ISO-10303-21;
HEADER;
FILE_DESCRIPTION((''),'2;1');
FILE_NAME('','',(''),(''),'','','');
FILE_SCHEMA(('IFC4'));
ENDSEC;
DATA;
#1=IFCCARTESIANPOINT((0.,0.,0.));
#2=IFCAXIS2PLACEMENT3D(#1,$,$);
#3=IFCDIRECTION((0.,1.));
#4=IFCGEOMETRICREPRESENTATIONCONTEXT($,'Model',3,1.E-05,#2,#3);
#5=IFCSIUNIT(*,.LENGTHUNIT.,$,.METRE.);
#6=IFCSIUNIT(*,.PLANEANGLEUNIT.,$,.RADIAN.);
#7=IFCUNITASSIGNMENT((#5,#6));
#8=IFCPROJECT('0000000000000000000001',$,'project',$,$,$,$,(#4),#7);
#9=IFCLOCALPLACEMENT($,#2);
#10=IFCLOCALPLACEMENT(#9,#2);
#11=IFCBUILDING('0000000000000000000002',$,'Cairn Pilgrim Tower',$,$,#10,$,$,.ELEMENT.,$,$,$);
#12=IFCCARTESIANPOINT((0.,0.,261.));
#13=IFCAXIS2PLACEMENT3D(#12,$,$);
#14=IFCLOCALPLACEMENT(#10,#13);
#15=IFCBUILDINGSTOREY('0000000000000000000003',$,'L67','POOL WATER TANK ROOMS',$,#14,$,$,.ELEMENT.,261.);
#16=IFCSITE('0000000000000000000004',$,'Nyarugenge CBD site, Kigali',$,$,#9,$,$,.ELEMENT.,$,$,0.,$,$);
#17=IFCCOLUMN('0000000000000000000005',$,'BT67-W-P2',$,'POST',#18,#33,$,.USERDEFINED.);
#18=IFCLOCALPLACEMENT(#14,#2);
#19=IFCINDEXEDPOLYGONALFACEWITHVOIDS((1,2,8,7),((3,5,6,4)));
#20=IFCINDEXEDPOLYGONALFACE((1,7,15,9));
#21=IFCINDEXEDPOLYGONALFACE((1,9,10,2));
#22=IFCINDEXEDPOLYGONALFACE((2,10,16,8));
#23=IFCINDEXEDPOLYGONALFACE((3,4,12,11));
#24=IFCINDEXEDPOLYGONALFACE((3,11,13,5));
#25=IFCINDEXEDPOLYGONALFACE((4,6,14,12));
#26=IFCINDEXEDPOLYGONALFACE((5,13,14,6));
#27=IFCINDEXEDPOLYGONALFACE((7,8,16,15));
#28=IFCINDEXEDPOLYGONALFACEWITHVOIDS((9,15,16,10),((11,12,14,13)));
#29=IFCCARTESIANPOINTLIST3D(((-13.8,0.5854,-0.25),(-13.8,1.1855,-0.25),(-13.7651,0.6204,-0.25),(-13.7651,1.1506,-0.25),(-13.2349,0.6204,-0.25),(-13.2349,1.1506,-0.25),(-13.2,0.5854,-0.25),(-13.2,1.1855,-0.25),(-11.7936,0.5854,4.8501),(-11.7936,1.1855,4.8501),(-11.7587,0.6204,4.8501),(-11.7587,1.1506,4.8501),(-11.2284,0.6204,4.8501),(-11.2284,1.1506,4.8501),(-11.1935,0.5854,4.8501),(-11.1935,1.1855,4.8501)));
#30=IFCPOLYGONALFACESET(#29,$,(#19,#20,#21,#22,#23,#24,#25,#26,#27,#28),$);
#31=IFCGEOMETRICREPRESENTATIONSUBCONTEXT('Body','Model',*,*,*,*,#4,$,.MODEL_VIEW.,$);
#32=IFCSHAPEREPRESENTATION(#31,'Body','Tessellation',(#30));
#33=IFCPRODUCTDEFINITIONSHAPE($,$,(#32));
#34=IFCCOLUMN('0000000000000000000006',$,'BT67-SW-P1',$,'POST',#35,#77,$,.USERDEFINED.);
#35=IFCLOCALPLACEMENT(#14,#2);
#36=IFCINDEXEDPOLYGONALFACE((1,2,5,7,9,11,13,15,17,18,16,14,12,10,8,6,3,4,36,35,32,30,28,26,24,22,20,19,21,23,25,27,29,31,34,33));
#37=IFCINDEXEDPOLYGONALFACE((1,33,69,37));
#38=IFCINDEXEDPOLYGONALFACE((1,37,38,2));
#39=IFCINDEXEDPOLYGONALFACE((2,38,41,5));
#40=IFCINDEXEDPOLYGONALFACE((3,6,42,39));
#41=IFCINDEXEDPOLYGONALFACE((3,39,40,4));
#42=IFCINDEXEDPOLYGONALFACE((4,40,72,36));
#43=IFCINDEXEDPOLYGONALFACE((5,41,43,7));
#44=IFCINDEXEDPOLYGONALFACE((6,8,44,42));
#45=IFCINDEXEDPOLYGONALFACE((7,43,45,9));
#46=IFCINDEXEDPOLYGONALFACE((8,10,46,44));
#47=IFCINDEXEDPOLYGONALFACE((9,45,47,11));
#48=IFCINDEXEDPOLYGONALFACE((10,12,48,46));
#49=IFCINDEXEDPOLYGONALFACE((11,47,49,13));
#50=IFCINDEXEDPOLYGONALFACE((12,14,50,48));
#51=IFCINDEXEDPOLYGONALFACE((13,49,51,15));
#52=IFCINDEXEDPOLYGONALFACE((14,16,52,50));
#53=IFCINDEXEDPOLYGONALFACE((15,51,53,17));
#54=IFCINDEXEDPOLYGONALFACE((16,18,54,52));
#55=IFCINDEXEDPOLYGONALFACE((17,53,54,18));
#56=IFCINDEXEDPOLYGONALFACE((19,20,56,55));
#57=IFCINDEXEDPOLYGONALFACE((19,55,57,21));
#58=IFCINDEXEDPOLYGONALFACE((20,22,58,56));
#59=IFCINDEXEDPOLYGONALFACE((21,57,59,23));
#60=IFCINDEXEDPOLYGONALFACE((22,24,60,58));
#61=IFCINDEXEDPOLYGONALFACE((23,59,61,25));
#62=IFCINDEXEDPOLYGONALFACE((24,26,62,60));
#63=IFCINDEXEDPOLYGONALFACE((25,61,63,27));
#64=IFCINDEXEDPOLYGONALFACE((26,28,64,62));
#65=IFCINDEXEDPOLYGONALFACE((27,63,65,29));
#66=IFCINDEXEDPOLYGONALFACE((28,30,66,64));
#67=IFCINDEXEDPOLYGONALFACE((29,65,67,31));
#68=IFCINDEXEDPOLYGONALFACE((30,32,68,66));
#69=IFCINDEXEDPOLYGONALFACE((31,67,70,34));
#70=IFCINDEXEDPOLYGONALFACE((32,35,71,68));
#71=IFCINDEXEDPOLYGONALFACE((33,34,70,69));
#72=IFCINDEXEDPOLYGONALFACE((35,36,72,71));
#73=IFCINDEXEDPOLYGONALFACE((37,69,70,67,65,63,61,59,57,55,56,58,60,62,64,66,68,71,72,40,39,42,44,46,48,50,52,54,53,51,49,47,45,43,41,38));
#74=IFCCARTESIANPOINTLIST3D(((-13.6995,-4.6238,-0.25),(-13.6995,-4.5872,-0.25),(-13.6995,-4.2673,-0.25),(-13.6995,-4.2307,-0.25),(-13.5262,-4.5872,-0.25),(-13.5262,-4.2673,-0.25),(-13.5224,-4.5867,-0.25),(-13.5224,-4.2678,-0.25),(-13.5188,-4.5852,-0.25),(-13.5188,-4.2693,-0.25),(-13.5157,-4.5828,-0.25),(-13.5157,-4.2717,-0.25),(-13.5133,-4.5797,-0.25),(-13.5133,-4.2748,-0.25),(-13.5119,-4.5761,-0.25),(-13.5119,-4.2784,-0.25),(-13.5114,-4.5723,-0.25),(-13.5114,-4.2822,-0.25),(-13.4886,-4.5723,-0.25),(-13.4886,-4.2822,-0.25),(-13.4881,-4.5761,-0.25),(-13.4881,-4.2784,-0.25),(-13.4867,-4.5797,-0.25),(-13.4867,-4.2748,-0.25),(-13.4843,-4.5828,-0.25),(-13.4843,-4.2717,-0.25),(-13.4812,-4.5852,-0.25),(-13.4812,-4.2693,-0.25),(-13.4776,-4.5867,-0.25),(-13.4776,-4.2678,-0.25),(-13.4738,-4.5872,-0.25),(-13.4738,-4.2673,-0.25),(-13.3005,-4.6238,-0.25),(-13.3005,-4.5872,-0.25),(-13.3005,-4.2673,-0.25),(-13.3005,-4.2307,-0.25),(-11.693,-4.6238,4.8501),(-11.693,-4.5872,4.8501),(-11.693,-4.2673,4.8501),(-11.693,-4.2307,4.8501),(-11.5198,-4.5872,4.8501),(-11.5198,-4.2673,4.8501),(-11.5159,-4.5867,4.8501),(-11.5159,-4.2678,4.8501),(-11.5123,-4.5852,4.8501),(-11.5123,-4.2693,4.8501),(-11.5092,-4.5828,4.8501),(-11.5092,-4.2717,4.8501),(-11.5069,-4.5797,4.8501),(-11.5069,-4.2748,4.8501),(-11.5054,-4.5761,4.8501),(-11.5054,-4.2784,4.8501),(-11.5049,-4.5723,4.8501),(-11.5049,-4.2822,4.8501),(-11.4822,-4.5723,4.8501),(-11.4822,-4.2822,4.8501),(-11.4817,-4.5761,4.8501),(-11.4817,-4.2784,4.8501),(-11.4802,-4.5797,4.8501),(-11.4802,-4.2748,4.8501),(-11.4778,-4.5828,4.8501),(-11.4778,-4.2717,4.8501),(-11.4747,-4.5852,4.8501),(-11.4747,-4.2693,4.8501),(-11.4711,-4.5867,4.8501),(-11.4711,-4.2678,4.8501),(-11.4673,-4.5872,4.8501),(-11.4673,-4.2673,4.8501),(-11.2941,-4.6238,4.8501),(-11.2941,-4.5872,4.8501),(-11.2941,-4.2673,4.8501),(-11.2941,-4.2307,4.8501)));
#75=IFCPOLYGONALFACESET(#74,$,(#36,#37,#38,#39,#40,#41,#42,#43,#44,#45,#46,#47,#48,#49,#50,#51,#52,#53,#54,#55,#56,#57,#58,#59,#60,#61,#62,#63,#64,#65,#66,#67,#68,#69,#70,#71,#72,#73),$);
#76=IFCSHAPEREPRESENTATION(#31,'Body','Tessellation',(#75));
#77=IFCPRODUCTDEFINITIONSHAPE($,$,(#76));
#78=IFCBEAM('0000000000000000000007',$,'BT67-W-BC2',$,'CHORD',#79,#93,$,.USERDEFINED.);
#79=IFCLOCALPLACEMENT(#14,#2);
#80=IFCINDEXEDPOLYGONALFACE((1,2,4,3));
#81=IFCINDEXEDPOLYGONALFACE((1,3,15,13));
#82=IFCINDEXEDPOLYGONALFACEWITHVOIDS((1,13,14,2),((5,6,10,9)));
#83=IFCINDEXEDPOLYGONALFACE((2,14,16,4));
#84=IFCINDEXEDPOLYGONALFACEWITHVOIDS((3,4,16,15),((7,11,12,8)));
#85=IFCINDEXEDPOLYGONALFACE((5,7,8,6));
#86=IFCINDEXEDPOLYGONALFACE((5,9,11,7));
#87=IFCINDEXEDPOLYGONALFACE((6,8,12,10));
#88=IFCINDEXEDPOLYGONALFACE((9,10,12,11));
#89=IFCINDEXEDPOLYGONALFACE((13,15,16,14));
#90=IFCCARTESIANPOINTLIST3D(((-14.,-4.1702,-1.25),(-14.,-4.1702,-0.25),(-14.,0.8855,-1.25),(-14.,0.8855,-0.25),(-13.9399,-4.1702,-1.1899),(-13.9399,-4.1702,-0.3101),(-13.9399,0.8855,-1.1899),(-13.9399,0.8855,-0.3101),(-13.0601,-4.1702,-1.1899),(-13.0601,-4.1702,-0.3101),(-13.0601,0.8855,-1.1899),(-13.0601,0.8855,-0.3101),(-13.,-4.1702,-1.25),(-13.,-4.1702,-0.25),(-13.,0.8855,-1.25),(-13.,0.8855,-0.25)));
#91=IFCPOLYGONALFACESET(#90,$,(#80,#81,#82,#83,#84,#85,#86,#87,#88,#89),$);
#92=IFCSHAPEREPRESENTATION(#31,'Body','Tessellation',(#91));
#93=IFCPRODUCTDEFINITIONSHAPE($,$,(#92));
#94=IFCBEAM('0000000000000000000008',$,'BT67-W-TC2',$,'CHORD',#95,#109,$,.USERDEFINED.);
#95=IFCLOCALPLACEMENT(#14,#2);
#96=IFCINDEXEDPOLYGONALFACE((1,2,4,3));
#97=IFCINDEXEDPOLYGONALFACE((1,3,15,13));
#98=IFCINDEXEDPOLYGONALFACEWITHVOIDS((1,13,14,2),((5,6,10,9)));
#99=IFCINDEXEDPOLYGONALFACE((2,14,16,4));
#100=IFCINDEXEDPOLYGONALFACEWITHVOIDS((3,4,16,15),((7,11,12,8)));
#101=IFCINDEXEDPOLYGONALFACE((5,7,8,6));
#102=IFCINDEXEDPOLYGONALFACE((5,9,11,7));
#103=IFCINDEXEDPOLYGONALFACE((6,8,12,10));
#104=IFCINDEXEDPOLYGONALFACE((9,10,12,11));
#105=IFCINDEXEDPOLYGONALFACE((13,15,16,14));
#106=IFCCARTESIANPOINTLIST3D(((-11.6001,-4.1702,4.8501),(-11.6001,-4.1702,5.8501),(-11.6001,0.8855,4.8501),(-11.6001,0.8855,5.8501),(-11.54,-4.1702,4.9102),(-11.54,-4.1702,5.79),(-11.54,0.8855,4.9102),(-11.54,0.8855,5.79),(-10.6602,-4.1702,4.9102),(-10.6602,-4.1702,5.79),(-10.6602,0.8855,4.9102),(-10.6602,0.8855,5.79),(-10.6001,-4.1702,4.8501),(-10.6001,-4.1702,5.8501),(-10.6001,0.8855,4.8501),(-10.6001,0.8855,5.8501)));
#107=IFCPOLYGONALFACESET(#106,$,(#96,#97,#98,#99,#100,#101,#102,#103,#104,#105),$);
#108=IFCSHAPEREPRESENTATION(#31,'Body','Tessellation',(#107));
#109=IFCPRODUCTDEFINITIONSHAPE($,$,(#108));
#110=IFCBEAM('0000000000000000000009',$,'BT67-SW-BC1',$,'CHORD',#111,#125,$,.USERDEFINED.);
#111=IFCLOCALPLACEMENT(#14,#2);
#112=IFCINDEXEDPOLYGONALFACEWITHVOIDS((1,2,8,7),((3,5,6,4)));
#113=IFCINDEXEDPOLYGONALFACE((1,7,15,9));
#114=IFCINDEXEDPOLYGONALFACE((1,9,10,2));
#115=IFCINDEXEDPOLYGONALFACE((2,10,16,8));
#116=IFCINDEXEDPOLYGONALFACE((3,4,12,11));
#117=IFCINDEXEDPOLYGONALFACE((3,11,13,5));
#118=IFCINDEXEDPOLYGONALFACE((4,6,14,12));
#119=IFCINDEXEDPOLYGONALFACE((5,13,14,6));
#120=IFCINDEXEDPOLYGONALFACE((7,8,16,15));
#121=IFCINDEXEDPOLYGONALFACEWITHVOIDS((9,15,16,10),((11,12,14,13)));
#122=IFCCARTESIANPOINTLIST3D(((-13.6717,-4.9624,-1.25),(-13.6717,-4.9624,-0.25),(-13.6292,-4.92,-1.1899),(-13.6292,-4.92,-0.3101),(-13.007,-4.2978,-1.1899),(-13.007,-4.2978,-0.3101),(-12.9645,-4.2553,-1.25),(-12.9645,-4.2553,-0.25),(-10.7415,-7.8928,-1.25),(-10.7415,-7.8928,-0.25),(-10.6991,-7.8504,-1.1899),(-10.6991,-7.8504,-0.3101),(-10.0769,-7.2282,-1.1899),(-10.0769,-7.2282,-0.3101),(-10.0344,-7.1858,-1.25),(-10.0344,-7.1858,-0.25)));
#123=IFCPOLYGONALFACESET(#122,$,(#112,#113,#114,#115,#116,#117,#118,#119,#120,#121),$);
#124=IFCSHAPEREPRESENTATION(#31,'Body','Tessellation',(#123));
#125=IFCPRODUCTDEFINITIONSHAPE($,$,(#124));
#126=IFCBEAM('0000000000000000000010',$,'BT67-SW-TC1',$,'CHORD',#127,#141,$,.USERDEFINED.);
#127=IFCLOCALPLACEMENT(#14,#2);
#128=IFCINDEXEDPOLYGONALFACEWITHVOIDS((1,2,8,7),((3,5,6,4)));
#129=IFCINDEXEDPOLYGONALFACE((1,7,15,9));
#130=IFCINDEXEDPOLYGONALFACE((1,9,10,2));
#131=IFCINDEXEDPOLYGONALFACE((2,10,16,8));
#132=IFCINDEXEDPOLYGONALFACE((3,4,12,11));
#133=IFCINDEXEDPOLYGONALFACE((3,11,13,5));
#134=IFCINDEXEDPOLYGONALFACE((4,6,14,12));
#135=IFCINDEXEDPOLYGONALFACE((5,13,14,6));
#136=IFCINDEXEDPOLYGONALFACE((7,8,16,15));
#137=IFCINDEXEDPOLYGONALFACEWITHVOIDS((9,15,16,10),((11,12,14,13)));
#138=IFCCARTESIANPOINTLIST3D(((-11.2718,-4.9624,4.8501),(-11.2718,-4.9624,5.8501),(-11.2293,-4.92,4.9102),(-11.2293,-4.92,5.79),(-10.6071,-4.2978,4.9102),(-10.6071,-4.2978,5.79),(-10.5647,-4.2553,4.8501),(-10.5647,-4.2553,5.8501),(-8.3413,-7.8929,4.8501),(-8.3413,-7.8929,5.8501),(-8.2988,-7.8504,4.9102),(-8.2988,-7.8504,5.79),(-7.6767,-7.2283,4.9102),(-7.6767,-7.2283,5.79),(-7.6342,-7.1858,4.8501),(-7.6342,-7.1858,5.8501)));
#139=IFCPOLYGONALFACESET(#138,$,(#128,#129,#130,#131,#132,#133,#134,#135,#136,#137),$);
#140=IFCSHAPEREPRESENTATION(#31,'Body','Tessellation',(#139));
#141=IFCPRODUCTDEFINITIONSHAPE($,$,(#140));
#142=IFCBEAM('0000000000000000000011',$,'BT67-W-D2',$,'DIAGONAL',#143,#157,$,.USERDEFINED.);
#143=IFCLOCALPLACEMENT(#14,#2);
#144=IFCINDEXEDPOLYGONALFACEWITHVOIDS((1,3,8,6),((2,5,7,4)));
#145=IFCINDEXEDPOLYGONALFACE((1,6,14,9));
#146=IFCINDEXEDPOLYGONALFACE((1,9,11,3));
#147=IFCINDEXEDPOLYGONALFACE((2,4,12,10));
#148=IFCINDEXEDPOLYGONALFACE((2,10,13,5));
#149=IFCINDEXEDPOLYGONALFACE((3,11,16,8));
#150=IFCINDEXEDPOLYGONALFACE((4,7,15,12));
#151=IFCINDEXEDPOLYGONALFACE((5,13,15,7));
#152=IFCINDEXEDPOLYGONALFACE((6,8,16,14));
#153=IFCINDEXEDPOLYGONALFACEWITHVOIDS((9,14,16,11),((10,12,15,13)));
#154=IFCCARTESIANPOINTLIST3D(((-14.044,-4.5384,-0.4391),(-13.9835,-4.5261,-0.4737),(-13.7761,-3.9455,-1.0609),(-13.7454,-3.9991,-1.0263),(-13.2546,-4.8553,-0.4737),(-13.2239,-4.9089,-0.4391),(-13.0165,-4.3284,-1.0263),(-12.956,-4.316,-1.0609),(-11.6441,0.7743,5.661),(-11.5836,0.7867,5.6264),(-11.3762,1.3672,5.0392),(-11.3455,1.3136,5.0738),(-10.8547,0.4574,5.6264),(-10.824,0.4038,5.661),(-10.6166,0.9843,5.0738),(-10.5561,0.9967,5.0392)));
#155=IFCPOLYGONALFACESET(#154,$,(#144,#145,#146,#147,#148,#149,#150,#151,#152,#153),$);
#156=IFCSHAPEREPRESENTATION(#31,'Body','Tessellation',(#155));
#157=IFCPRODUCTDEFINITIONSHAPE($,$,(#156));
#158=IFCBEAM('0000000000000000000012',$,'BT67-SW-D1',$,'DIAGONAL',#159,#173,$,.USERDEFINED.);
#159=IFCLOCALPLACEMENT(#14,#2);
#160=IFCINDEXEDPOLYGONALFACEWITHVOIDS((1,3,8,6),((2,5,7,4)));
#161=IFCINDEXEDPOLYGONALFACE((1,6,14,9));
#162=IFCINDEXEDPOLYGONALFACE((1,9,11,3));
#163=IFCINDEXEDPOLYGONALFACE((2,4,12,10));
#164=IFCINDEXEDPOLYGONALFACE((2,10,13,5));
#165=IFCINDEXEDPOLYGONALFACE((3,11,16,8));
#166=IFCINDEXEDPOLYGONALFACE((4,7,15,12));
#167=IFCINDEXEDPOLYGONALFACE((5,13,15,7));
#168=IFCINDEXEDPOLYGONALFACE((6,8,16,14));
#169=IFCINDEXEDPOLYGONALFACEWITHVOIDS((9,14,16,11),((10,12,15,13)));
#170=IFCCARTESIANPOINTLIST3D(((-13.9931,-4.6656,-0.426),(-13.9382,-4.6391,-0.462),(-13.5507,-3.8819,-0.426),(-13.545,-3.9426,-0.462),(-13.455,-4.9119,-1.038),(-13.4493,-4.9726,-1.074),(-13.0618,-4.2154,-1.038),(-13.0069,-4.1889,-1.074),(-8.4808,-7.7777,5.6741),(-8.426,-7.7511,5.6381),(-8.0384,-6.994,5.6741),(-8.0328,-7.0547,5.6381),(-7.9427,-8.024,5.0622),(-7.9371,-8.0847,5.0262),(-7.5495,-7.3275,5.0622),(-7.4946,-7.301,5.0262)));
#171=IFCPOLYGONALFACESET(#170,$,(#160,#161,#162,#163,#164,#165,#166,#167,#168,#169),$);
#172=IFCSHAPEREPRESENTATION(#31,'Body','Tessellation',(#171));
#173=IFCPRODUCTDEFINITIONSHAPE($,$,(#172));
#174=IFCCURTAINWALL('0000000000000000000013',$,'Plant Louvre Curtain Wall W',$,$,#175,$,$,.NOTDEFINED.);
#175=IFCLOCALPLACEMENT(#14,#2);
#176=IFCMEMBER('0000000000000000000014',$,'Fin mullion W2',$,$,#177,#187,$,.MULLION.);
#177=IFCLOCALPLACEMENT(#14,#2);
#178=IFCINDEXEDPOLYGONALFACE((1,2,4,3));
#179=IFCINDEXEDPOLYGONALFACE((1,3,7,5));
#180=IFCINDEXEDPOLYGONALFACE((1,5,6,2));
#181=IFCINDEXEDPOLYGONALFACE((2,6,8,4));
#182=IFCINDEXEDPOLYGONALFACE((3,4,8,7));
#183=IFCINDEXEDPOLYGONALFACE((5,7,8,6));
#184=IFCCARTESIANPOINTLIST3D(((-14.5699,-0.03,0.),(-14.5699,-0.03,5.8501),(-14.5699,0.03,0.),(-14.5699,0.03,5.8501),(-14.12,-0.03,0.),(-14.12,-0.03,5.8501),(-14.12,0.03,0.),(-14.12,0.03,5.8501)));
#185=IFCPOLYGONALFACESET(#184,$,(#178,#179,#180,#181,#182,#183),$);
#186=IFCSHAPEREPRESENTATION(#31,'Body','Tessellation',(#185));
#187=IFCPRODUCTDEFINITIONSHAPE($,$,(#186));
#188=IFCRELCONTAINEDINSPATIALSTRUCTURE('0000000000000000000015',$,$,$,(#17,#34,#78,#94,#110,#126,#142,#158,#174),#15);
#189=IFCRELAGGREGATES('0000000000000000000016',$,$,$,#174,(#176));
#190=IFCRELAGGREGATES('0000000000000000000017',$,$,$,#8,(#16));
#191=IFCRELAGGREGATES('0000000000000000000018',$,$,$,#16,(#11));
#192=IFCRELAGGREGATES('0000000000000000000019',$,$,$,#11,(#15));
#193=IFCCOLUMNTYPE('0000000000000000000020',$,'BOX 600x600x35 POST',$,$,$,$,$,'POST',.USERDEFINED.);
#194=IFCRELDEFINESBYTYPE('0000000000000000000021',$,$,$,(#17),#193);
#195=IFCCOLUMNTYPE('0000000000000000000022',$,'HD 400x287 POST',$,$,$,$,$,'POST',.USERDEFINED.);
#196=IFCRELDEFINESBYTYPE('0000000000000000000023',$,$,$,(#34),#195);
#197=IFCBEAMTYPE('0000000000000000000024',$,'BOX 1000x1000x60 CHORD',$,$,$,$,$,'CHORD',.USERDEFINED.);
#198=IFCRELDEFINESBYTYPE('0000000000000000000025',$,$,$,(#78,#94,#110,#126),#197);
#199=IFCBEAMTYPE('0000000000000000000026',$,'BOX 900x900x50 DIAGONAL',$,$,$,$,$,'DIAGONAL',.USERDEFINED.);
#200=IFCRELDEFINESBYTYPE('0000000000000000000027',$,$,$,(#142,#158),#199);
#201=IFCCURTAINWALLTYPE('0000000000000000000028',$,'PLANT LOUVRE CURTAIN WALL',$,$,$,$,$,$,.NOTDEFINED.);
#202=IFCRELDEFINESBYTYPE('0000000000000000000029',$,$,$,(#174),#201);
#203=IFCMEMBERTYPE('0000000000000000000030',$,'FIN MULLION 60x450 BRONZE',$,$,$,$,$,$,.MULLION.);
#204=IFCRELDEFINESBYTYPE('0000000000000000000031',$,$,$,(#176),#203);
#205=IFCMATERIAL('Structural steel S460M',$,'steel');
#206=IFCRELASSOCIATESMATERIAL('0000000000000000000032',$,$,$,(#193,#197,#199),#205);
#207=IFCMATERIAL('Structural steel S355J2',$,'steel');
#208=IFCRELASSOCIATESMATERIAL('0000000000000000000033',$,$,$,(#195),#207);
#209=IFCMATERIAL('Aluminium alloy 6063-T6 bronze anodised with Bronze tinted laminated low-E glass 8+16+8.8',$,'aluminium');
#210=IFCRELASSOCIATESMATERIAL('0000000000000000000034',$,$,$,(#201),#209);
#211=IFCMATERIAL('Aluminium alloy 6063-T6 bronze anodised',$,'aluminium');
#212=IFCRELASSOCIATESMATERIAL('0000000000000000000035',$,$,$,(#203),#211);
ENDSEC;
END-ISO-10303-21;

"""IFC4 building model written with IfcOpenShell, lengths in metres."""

from ifc_helpers import new_model, si_unit, direction, frame, origin, origin_2d, place, context, subcontext, project, spatial, rectangle, hollow_rectangle, i_section, extrude, clip, halfspace, material, material_profile, profile_set, type_object, element, aggregate, save


model = new_model("IFC4")

# Units and contexts
model_context = context("Model", 3, precision=1e-05, world=origin(), true_north=direction((0.0, 1.0)))
body_context = subcontext(model_context, "Body", "Model", "MODEL_VIEW")
ifc_project = project(units=[si_unit("LENGTHUNIT", "METRE"), si_unit("PLANEANGLEUNIT", "RADIAN")], contexts=[model_context])

# Site, building, storey
site_placement = place(None, origin())
site = spatial("IfcSite", under=ifc_project, at=site_placement, Name="Nyarugenge CBD site, Kigali", CompositionType="ELEMENT", RefElevation=0.0)
building_placement = place(site_placement, origin())
building = spatial("IfcBuilding", under=site, at=building_placement, Name="Cairn Pilgrim Tower", CompositionType="ELEMENT")
storey_placement = place(building_placement, frame((0.0, 0.0, 261.0)))
storey = spatial("IfcBuildingStorey", under=building, at=storey_placement, Name="L67", Description="POOL WATER TANK ROOMS", CompositionType="ELEMENT", Elevation=261.0)

# Columns
ifc_material_1 = material(Name="Structural steel S460M", Category="steel")
ifc_material_profile_1 = material_profile(ifc_material_1, hollow_rectangle(XDim=0.6001, YDim=0.6001, WallThickness=0.0349, at=origin_2d()), Name="BOX 600x600x35")
ifc_profile_set_1 = profile_set([ifc_material_profile_1], Name="Structural steel S460M")
column_type_1 = type_object("IfcColumnType", Name="BOX 600x600x35 POST", ElementType="POST", PredefinedType="USERDEFINED", material=ifc_profile_set_1)
column_1_placement = place(storey_placement, frame((-13.5, 0.8855, -0.25), z_axis=(0.0, 0.0, 1.0), x_axis=(1.0, 0.0, 0.0)))
element("IfcColumn", 1, at=column_1_placement, inside=storey, type_object=column_type_1, Name="BT67-W-P2", ObjectType="POST", PredefinedType="USERDEFINED", context=body_context, shape_type="Clipping", body=[
    clip(extrude(hollow_rectangle(XDim=0.6001, YDim=0.6001, WallThickness=0.0349, at=origin_2d()), origin(), (0.366106, 0.0, 0.930573), 6.5552), halfspace(frame((0.0, 0.0, 5.1001), z_axis=(0.0, 0.0, 1.0), x_axis=(1.0, 0.0, 0.0)), False)),
])
ifc_material_2 = material(Name="Structural steel S355J2", Category="steel")
ifc_material_profile_2 = material_profile(ifc_material_2, i_section(OverallWidth=0.3989, OverallDepth=0.3931, WebThickness=0.0227, FlangeThickness=0.0366, FilletRadius=0.0149, at=origin_2d()), Name="HD 400x287")
ifc_profile_set_2 = profile_set([ifc_material_profile_2], Name="Structural steel S355J2")
column_type_2 = type_object("IfcColumnType", Name="HD 400x287 POST", ElementType="POST", PredefinedType="USERDEFINED", material=ifc_profile_set_2)
column_2_placement = place(storey_placement, frame((-13.5, -4.4272, -0.25), z_axis=(0.0, 0.0, 1.0), x_axis=(1.0, 0.0, 0.0)))
element("IfcColumn", 2, at=column_2_placement, inside=storey, type_object=column_type_2, Name="BT67-SW-P1", ObjectType="POST", PredefinedType="USERDEFINED", context=body_context, shape_type="Clipping", body=[
    clip(extrude(i_section(OverallWidth=0.3989, OverallDepth=0.3931, WebThickness=0.0227, FlangeThickness=0.0366, FilletRadius=0.0149, at=origin_2d()), origin(), (0.366106, 0.0, 0.930573), 6.5552), halfspace(frame((0.0, 0.0, 5.1001), z_axis=(0.0, 0.0, 1.0), x_axis=(1.0, 0.0, 0.0)), False)),
])

# Beams
ifc_material_profile_3 = material_profile(ifc_material_1, hollow_rectangle(XDim=1.0, YDim=1.0, WallThickness=0.0601, at=origin_2d()), Name="BOX 1000x1000x60")
ifc_profile_set_3 = profile_set([ifc_material_profile_3], Name="Structural steel S460M")
beam_type_1 = type_object("IfcBeamType", Name="BOX 1000x1000x60 CHORD", ElementType="CHORD", PredefinedType="USERDEFINED", material=ifc_profile_set_3)
for number, where, z_axis, x_axis, name in (
    (3, (-13.5, 0.8855, -0.75), (0.0, -1.0, 0.0), (1.0, 0.0, 0.0), "BT67-W-BC2"),
    (4, (-11.1001, 0.8855, 5.3501), (0.0, -1.0, 0.0), (1.0, 0.0, 0.0), "BT67-W-TC2"),
):
    element("IfcBeam", number, at=place(storey_placement, frame(where, z_axis=z_axis, x_axis=x_axis)), inside=storey, type_object=beam_type_1, Name=name, ObjectType="CHORD", PredefinedType="USERDEFINED", context=body_context, shape_type="SweptSolid", body=[
        extrude(hollow_rectangle(XDim=1.0, YDim=1.0, WallThickness=0.0601, at=origin_2d()), origin(), (0.0, 0.0, 1.0), 5.0557),
    ])
beam_1_placement = place(storey_placement, frame((-13.3181, -4.6089, -0.75), z_axis=(0.707077, -0.707136, 0.0), x_axis=(0.707136, 0.707077, 0.0)))
element("IfcBeam", 5, at=beam_1_placement, inside=storey, type_object=beam_type_1, Name="BT67-SW-BC1", ObjectType="CHORD", PredefinedType="USERDEFINED", context=body_context, shape_type="SweptSolid", body=[
    extrude(hollow_rectangle(XDim=1.0, YDim=1.0, WallThickness=0.0601, at=origin_2d()), origin(), (0.0, 0.0, 1.0), 4.144),
])
beam_2_placement = place(storey_placement, frame((-10.9182, -4.6089, 5.3501), z_axis=(0.707107, -0.707107, 0.0), x_axis=(0.707107, 0.707107, 0.0)))
element("IfcBeam", 6, at=beam_2_placement, inside=storey, type_object=beam_type_1, Name="BT67-SW-TC1", ObjectType="CHORD", PredefinedType="USERDEFINED", context=body_context, shape_type="SweptSolid", body=[
    extrude(hollow_rectangle(XDim=1.0, YDim=1.0, WallThickness=0.0601, at=origin_2d()), origin(), (0.0, 0.0, 1.0), 4.1443),
])
ifc_material_profile_4 = material_profile(ifc_material_1, hollow_rectangle(XDim=0.8999, YDim=0.8999, WallThickness=0.05, at=origin_2d()), Name="BOX 900x900x50")
ifc_profile_set_4 = profile_set([ifc_material_profile_4], Name="Structural steel S460M")
beam_type_2 = type_object("IfcBeamType", Name="BOX 900x900x50 DIAGONAL", ElementType="DIAGONAL", PredefinedType="USERDEFINED", material=ifc_profile_set_4)
beam_3_placement = place(storey_placement, frame((-11.1001, 0.8855, 5.3501), z_axis=(-0.284424, -0.629638, -0.722951), x_axis=(0.911332, -0.411672, 0.0)))
element("IfcBeam", 7, at=beam_3_placement, inside=storey, type_object=beam_type_2, Name="BT67-W-D2", ObjectType="DIAGONAL", PredefinedType="USERDEFINED", context=body_context, shape_type="SweptSolid", body=[
    extrude(hollow_rectangle(XDim=0.8999, YDim=0.8999, WallThickness=0.05, at=origin_2d()), origin(), (0.0, 0.0, 1.0), 8.4377),
])
beam_4_placement = place(storey_placement, frame((-13.5, -4.4272, -0.75), z_axis=(0.627033, -0.354008, 0.693908), x_axis=(0.491634, 0.870802, 0.0)))
element("IfcBeam", 8, at=beam_4_placement, inside=storey, type_object=beam_type_2, Name="BT67-SW-D1", ObjectType="DIAGONAL", PredefinedType="USERDEFINED", context=body_context, shape_type="SweptSolid", body=[
    extrude(hollow_rectangle(XDim=0.8999, YDim=0.8999, WallThickness=0.05, at=origin_2d()), origin(), (0.0, 0.0, 1.0), 8.791),
])

# Curtain wall, member
ifc_material_3 = material(Name="Aluminium alloy 6063-T6 bronze anodised with Bronze tinted laminated low-E glass 8+16+8.8", Category="aluminium")
curtain_wall_type = type_object("IfcCurtainWallType", Name="PLANT LOUVRE CURTAIN WALL", PredefinedType="NOTDEFINED", material=ifc_material_3)
curtain_wall_1_placement = place(storey_placement, origin())
curtain_wall_1 = element("IfcCurtainWall", 9, at=curtain_wall_1_placement, inside=storey, type_object=curtain_wall_type, Name="Plant Louvre Curtain Wall W", PredefinedType="NOTDEFINED")
ifc_material_4 = material(Name="Aluminium alloy 6063-T6 bronze anodised", Category="aluminium")
ifc_material_profile_5 = material_profile(ifc_material_4, rectangle(XDim=0.45, YDim=0.0601, at=origin_2d()), Name="FIN MULLION 60x450 BRONZE")
ifc_profile_set_5 = profile_set([ifc_material_profile_5], Name="Aluminium alloy 6063-T6 bronze anodised")
member_type_1 = type_object("IfcMemberType", Name="FIN MULLION 60x450 BRONZE", PredefinedType="MULLION", material=ifc_profile_set_5)
member_1_placement = place(storey_placement, frame((-14.345, 0.0, 0.0), z_axis=(0.0, 0.0, 1.0), x_axis=(-1.0, 0.0, 0.0)))
member_1 = element("IfcMember", 10, at=member_1_placement, type_object=member_type_1, Name="Fin mullion W2", PredefinedType="MULLION", context=body_context, shape_type="SweptSolid", body=[
    extrude(rectangle(XDim=0.45, YDim=0.0601, at=origin_2d()), origin(), (0.0, 0.0, 1.0), 5.8501),
])

aggregate(curtain_wall_1, [member_1])

save(model, "model.ifc")
